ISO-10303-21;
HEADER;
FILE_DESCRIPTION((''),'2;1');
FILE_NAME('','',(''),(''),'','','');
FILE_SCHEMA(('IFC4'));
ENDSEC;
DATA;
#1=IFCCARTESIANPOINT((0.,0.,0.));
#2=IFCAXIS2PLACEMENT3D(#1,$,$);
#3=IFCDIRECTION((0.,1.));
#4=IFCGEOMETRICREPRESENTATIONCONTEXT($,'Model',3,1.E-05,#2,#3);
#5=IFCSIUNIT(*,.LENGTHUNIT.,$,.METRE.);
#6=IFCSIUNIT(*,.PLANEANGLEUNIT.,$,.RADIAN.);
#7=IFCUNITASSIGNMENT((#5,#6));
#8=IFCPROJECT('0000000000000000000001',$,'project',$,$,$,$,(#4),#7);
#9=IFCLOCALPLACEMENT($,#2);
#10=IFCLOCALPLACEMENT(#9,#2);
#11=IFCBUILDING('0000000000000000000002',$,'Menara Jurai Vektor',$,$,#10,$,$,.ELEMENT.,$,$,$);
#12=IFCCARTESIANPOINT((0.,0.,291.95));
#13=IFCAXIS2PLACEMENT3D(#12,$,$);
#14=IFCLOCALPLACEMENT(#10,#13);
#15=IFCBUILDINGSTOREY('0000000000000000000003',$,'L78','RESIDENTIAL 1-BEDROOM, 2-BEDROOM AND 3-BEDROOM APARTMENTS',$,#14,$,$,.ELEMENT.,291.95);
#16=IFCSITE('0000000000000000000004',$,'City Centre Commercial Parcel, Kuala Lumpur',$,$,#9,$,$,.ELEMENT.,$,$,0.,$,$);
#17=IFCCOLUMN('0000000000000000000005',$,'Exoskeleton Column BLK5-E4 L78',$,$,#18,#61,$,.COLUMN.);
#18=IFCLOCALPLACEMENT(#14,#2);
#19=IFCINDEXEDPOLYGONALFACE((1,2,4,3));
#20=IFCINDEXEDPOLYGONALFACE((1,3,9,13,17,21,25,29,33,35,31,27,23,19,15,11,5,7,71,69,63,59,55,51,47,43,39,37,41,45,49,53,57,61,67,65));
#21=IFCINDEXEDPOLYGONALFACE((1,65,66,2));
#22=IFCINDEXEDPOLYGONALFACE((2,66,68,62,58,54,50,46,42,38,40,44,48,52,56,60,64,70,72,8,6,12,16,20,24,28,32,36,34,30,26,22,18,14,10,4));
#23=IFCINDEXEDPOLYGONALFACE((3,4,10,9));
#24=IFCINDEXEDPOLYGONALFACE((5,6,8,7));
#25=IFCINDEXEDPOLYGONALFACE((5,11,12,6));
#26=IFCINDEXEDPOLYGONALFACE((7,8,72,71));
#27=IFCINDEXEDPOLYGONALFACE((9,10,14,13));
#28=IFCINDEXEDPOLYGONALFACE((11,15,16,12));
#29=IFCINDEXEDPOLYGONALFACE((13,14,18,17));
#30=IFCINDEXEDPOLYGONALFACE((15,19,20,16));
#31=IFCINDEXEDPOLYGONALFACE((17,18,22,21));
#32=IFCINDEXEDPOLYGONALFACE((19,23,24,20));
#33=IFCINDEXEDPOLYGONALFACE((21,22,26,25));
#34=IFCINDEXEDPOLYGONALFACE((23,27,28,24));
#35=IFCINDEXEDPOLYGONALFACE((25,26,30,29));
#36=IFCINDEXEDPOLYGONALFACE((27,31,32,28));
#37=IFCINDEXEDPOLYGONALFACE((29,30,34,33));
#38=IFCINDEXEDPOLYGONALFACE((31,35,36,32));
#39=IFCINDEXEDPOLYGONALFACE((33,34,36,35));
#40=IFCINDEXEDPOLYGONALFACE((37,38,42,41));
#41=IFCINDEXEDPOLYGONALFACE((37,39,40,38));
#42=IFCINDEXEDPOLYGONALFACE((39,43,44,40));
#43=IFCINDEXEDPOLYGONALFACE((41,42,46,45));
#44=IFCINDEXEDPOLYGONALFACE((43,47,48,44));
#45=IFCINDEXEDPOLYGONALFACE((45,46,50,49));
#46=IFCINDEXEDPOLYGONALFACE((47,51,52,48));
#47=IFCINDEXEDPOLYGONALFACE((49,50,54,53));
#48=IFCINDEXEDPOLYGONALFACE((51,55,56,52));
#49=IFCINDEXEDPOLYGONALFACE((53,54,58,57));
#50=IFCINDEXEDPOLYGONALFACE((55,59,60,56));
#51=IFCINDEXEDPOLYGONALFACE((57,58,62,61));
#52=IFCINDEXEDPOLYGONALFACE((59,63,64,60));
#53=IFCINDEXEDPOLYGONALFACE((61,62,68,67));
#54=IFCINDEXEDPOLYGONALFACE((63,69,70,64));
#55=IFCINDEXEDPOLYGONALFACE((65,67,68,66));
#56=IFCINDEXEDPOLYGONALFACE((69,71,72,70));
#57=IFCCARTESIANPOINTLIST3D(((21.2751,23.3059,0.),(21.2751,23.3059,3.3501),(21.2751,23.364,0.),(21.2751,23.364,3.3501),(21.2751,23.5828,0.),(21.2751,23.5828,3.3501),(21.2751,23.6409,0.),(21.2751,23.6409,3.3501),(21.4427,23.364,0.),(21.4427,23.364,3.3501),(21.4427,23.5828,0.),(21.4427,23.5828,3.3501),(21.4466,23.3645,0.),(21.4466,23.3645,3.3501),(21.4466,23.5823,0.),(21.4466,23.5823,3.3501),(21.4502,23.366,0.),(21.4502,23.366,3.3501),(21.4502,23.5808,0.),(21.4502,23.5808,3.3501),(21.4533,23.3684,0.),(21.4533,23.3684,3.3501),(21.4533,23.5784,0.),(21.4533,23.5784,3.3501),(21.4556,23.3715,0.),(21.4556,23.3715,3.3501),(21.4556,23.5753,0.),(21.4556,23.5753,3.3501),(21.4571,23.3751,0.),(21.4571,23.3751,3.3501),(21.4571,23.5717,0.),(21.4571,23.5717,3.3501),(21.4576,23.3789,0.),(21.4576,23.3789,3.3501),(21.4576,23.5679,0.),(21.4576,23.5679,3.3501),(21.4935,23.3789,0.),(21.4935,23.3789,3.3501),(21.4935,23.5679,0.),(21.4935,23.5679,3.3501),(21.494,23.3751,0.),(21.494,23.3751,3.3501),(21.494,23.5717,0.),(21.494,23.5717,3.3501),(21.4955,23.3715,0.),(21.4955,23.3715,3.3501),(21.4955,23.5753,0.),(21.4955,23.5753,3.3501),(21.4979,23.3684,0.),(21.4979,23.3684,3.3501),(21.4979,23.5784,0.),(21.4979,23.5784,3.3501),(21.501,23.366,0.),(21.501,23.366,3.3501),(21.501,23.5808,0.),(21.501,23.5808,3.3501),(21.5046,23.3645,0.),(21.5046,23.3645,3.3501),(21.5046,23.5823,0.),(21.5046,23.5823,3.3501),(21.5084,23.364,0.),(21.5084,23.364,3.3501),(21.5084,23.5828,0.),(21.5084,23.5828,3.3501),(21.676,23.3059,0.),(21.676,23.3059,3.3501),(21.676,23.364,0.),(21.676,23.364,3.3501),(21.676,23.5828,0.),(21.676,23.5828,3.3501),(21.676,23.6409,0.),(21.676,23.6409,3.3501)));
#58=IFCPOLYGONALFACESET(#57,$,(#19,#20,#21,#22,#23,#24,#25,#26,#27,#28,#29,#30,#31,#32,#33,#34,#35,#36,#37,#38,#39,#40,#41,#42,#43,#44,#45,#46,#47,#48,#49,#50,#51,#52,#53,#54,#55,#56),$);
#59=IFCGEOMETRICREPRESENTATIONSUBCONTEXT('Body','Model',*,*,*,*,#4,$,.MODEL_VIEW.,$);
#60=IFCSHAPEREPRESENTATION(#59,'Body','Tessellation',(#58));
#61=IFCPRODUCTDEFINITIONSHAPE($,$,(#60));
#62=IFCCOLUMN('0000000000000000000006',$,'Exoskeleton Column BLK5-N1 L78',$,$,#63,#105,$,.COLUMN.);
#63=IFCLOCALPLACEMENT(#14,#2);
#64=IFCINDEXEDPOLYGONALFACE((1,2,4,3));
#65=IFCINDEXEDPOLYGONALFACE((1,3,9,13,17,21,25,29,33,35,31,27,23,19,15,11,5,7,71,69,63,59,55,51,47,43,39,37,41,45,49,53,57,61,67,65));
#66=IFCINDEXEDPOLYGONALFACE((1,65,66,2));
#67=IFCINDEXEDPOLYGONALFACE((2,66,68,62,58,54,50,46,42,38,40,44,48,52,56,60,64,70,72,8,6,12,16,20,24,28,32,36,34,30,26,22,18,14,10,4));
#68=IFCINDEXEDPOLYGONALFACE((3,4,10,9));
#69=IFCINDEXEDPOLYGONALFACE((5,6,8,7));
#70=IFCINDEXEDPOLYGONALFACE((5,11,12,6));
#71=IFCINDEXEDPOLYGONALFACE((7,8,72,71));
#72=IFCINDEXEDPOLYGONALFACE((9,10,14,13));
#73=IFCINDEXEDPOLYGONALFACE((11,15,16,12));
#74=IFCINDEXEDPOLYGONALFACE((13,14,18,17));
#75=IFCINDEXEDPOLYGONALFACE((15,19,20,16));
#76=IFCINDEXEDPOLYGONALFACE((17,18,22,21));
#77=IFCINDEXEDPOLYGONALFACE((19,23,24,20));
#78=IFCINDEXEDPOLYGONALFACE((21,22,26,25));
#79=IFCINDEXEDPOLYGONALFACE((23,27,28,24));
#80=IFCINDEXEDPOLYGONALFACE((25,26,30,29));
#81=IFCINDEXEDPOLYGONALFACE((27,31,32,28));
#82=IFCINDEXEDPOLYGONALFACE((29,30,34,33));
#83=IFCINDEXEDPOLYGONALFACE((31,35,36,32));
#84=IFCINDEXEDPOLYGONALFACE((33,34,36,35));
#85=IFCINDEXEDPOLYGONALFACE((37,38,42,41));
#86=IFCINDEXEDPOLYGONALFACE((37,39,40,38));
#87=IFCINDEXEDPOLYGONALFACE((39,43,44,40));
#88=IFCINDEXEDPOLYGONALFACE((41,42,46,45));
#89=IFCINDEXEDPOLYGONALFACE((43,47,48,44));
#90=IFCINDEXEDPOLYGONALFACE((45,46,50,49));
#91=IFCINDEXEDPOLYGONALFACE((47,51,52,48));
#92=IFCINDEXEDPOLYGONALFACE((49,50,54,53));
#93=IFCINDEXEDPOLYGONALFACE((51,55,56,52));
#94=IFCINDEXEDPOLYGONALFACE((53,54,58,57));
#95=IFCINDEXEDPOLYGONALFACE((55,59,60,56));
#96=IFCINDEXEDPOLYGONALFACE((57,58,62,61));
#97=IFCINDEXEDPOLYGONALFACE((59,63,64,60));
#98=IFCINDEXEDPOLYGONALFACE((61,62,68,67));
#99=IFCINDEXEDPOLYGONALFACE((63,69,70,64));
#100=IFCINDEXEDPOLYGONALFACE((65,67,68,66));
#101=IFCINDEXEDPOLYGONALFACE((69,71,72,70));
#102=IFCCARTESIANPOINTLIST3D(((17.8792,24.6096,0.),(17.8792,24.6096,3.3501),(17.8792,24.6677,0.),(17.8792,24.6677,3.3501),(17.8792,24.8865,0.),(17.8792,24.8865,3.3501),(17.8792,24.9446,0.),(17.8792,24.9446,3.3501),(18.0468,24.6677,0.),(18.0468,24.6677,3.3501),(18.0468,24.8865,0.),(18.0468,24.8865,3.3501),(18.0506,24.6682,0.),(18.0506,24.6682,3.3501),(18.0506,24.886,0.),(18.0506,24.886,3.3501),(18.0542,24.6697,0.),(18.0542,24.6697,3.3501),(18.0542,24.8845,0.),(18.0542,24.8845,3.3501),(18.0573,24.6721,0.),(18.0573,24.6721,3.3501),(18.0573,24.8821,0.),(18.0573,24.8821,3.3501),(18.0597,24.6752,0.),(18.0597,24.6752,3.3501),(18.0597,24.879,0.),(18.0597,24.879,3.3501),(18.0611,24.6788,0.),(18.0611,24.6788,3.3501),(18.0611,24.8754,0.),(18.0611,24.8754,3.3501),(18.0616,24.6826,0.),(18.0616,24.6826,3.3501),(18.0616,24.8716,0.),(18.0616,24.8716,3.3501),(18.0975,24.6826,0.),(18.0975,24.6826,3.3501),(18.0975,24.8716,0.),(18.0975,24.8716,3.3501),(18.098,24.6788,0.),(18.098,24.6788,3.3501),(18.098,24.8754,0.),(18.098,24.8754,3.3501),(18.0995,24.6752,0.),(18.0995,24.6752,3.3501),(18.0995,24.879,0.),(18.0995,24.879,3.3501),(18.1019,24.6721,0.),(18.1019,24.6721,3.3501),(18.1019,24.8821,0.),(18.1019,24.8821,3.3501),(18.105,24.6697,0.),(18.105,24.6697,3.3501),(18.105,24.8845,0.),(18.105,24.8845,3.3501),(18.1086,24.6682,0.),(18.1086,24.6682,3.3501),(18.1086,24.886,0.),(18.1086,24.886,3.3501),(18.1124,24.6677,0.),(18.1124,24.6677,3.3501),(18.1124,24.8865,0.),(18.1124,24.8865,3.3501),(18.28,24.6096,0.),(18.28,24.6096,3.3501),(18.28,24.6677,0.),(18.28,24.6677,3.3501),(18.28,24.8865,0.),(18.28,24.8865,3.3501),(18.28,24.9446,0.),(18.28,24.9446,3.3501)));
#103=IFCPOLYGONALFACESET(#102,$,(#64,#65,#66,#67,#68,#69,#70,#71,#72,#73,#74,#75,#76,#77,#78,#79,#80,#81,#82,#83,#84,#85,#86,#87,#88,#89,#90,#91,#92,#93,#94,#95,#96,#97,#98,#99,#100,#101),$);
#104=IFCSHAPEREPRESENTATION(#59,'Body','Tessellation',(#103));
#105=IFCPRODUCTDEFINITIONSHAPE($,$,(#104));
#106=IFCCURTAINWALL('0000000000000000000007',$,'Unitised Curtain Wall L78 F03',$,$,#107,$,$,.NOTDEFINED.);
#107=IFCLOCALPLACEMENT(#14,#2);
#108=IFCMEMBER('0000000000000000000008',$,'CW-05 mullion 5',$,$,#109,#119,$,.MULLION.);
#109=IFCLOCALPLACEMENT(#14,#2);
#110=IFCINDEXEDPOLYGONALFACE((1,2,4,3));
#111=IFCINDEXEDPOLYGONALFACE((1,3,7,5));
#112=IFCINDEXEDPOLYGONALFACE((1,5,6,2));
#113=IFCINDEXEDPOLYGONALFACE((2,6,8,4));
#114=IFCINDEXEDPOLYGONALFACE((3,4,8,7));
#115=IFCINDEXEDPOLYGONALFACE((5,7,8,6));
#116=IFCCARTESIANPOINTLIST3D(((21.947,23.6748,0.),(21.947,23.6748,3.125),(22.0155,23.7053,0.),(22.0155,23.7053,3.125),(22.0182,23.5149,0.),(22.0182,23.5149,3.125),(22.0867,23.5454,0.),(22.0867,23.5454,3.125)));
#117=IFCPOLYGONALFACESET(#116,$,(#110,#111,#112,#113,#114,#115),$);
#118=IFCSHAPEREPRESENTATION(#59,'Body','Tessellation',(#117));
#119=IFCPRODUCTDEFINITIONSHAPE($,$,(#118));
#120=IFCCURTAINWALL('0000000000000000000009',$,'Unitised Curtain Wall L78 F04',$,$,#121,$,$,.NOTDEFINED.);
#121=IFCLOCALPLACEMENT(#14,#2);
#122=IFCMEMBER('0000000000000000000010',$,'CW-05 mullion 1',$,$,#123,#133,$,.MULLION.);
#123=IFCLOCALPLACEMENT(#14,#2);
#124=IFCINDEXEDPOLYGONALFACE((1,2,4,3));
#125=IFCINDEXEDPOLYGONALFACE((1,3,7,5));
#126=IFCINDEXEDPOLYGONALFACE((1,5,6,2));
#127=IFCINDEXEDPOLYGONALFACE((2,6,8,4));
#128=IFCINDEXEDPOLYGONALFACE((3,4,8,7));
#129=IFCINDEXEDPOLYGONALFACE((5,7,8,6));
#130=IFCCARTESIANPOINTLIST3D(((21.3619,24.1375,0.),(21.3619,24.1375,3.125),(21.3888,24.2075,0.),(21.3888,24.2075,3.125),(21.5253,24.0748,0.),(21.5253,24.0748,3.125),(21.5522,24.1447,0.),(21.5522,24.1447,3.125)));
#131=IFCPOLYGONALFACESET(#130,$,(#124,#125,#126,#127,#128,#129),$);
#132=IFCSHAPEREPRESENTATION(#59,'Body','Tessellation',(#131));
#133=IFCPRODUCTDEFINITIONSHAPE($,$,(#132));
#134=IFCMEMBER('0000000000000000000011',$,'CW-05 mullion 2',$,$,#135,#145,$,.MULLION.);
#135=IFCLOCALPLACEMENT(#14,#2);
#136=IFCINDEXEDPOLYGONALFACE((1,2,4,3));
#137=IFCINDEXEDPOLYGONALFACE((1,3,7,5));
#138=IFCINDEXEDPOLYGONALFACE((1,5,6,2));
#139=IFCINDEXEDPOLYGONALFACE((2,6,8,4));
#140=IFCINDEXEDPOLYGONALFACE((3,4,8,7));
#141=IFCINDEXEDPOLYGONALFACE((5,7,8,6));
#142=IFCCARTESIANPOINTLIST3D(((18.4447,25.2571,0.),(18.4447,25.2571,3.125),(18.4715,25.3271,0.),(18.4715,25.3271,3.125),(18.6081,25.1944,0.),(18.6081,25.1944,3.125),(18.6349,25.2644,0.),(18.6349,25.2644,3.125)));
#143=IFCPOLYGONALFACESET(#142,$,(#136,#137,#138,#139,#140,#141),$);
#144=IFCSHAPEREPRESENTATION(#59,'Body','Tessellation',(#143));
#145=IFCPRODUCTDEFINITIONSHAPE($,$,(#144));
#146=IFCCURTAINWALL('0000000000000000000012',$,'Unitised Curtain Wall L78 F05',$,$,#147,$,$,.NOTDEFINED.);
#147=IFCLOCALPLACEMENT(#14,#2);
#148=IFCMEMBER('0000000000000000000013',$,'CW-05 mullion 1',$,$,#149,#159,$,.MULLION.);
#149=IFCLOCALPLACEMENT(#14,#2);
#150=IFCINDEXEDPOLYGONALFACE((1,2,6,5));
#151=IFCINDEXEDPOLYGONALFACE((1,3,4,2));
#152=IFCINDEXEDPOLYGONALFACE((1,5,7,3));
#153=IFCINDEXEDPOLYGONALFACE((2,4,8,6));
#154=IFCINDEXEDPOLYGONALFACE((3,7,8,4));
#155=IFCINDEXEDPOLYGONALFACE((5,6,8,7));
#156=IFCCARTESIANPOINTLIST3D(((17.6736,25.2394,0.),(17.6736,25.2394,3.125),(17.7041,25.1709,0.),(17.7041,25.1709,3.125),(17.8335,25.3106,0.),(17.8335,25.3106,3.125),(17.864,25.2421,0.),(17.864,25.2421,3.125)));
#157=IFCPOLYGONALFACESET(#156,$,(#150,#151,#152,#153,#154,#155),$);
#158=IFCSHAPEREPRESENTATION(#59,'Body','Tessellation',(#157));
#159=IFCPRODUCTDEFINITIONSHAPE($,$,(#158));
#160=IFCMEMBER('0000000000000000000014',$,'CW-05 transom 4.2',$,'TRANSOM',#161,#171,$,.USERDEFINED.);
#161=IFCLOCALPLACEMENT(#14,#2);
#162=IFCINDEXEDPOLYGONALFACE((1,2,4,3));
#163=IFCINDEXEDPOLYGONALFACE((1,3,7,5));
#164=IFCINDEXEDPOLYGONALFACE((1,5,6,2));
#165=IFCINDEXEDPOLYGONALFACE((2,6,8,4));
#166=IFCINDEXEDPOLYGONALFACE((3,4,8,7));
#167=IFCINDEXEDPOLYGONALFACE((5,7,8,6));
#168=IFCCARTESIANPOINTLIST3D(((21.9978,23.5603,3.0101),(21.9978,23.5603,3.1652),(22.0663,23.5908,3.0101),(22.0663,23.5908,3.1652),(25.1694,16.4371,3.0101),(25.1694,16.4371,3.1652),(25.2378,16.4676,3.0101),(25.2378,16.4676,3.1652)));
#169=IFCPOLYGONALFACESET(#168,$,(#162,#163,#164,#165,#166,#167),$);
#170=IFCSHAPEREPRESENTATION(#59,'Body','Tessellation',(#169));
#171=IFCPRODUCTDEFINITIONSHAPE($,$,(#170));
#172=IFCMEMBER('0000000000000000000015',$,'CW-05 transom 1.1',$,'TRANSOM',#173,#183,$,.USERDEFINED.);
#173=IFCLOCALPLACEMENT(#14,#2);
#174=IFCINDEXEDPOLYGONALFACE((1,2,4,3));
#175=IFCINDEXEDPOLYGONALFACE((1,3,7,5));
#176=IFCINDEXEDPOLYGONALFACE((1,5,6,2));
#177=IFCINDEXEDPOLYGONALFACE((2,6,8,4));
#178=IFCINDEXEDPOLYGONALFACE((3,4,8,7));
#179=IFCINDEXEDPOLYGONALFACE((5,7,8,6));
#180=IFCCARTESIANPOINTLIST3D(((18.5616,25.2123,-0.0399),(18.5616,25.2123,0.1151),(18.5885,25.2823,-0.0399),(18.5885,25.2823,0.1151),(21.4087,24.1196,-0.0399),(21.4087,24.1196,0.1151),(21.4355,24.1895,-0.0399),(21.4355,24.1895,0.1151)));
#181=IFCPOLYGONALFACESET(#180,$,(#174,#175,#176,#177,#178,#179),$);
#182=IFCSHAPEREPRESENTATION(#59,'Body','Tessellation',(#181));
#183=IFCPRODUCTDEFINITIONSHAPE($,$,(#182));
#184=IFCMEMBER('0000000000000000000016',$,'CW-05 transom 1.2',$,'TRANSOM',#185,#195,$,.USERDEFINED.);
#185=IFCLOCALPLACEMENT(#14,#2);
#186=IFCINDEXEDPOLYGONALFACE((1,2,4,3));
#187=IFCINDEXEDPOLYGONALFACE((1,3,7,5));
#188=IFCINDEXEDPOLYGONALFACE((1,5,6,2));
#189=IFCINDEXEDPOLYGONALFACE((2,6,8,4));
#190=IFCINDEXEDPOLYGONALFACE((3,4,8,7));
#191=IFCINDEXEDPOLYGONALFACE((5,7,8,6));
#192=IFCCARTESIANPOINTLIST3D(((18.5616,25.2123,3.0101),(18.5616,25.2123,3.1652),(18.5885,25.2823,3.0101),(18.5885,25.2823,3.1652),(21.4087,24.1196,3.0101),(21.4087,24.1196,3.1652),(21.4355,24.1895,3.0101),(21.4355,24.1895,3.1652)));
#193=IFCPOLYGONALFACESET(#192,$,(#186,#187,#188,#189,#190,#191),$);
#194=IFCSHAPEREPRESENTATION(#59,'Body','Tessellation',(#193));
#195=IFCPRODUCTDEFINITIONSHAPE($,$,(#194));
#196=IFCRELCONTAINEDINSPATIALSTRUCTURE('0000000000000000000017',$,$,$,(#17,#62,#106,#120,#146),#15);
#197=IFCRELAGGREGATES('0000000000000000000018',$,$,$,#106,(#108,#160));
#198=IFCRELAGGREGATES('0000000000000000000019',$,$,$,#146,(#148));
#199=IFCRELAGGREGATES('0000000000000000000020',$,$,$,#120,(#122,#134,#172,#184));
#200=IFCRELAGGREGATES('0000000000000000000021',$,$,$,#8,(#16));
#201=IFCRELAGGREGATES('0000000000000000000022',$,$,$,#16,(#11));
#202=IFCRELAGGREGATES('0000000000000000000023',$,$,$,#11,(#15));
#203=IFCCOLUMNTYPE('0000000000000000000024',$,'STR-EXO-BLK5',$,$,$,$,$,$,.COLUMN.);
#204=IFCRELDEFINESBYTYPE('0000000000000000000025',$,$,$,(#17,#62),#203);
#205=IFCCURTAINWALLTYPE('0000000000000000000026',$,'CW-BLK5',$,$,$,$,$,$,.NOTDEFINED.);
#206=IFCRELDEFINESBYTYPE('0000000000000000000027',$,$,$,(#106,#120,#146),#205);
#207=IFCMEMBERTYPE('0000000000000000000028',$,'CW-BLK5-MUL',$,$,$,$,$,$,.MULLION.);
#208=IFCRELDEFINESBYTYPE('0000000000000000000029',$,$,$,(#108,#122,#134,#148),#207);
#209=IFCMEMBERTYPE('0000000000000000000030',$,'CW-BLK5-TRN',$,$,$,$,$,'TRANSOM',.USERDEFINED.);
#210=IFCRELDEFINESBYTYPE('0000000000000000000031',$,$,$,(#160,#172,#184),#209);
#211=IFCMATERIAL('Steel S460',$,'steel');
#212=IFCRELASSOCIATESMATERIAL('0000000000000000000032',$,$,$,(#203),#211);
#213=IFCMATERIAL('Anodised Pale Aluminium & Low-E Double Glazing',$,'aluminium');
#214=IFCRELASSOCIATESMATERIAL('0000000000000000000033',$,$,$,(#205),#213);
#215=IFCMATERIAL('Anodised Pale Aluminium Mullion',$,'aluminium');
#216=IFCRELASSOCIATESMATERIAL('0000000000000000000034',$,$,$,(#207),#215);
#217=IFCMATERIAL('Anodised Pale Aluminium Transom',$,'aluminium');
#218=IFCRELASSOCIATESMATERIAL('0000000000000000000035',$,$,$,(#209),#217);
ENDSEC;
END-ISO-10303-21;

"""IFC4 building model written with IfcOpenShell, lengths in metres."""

from ifc_helpers import new_model, si_unit, direction, frame, origin, origin_2d, place, context, subcontext, project, spatial, rectangle, i_section, extrude, material, material_profile, profile_set, type_object, element, aggregate, save


model = new_model("IFC4")

# Units and contexts
model_context = context("Model", 3, precision=1e-05, world=origin(), true_north=direction((0.0, 1.0)))
body_context = subcontext(model_context, "Body", "Model", "MODEL_VIEW")
ifc_project = project(units=[si_unit("LENGTHUNIT", "METRE"), si_unit("PLANEANGLEUNIT", "RADIAN")], contexts=[model_context])

# Site, building, storey
site_placement = place(None, origin())
site = spatial("IfcSite", under=ifc_project, at=site_placement, Name="City Centre Commercial Parcel, Kuala Lumpur", CompositionType="ELEMENT", RefElevation=0.0)
building_placement = place(site_placement, origin())
building = spatial("IfcBuilding", under=site, at=building_placement, Name="Menara Jurai Vektor", CompositionType="ELEMENT")
storey_placement = place(building_placement, frame((0.0, 0.0, 291.95)))
storey = spatial("IfcBuildingStorey", under=building, at=storey_placement, Name="L78", Description="RESIDENTIAL 1-BEDROOM, 2-BEDROOM AND 3-BEDROOM APARTMENTS", CompositionType="ELEMENT", Elevation=291.95)

# Columns
ifc_material_1 = material(Name="Steel S460", Category="steel")
ifc_material_profile_1 = material_profile(ifc_material_1, i_section(OverallWidth=0.4009, OverallDepth=0.335, WebThickness=0.0359, FlangeThickness=0.0581, FilletRadius=0.0149, at=origin_2d()), Name="HD 400x463")
ifc_profile_set_1 = profile_set([ifc_material_profile_1], Name="Steel S460")
column_type = type_object("IfcColumnType", Name="STR-EXO-BLK5", PredefinedType="COLUMN", material=ifc_profile_set_1)
for number, where, z_axis, x_axis, name in (
    (1, (21.4756, 23.4734, 0.0), (0.0, 0.0, 1.0), (1.0, 0.0, 0.0), "Exoskeleton Column BLK5-E4 L78"),
    (2, (18.0796, 24.7771, 0.0), (0.0, 0.0, 1.0), (1.0, 0.0, 0.0), "Exoskeleton Column BLK5-N1 L78"),
):
    element("IfcColumn", number, at=place(storey_placement, frame(where, z_axis=z_axis, x_axis=x_axis)), inside=storey, type_object=column_type, Name=name, PredefinedType="COLUMN", context=body_context, shape_type="SweptSolid", body=[
        extrude(i_section(OverallWidth=0.4009, OverallDepth=0.335, WebThickness=0.0359, FlangeThickness=0.0581, FilletRadius=0.0149, at=origin_2d()), origin(), (0.0, 0.0, 1.0), 3.3501),
    ])

# Curtain wall, member
ifc_material_2 = material(Name="Anodised Pale Aluminium & Low-E Double Glazing", Category="aluminium")
curtain_wall_type = type_object("IfcCurtainWallType", Name="CW-BLK5", PredefinedType="NOTDEFINED", material=ifc_material_2)
curtain_wall_1_placement = place(storey_placement, origin())
curtain_wall_1 = element("IfcCurtainWall", 3, at=curtain_wall_1_placement, inside=storey, type_object=curtain_wall_type, Name="Unitised Curtain Wall L78 F03", PredefinedType="NOTDEFINED")
ifc_material_3 = material(Name="Anodised Pale Aluminium Mullion", Category="aluminium")
ifc_material_profile_2 = material_profile(ifc_material_3, rectangle(XDim=0.075, YDim=0.175, at=origin_2d()), Name="ALU MUL 75x175")
ifc_profile_set_2 = profile_set([ifc_material_profile_2], Name="Anodised Pale Aluminium Mullion")
member_type_1 = type_object("IfcMemberType", Name="CW-BLK5-MUL", PredefinedType="MULLION", material=ifc_profile_set_2)
member_1_placement = place(storey_placement, frame((22.0168, 23.6101, 0.0), z_axis=(0.0, 0.0, 1.0), x_axis=(-0.913546, -0.406735, 0.0)))
member_1 = element("IfcMember", 4, at=member_1_placement, type_object=member_type_1, Name="CW-05 mullion 5", PredefinedType="MULLION", context=body_context, shape_type="SweptSolid", body=[
    extrude(rectangle(XDim=0.075, YDim=0.175, at=origin_2d()), origin(), (0.0, 0.0, 1.0), 3.125),
])

# Curtain wall, members
curtain_wall_2_placement = place(storey_placement, origin())
curtain_wall_2 = element("IfcCurtainWall", 5, at=curtain_wall_2_placement, inside=storey, type_object=curtain_wall_type, Name="Unitised Curtain Wall L78 F04", PredefinedType="NOTDEFINED")
member_2_placement = place(storey_placement, frame((21.457, 24.1411, 0.0), z_axis=(0.0, 0.0, 1.0), x_axis=(-0.358374, -0.933578, 0.0)))
member_2 = element("IfcMember", 6, at=member_2_placement, type_object=member_type_1, Name="CW-05 mullion 1", PredefinedType="MULLION", context=body_context, shape_type="SweptSolid", body=[
    extrude(rectangle(XDim=0.075, YDim=0.175, at=origin_2d()), origin(), (0.0, 0.0, 1.0), 3.125),
])
member_3_placement = place(storey_placement, frame((18.5398, 25.2607, 0.0), z_axis=(0.0, 0.0, 1.0), x_axis=(-0.358374, -0.933578, 0.0)))
member_3 = element("IfcMember", 7, at=member_3_placement, type_object=member_type_1, Name="CW-05 mullion 2", PredefinedType="MULLION", context=body_context, shape_type="SweptSolid", body=[
    extrude(rectangle(XDim=0.075, YDim=0.175, at=origin_2d()), origin(), (0.0, 0.0, 1.0), 3.125),
])

# Curtain wall, member
curtain_wall_3_placement = place(storey_placement, origin())
curtain_wall_3 = element("IfcCurtainWall", 8, at=curtain_wall_3_placement, inside=storey, type_object=curtain_wall_type, Name="Unitised Curtain Wall L78 F05", PredefinedType="NOTDEFINED")
member_4_placement = place(storey_placement, frame((17.7688, 25.2407, 0.0), z_axis=(0.0, 0.0, 1.0), x_axis=(0.406735, -0.913546, 0.0)))
member_4 = element("IfcMember", 9, at=member_4_placement, type_object=member_type_1, Name="CW-05 mullion 1", PredefinedType="MULLION", context=body_context, shape_type="SweptSolid", body=[
    extrude(rectangle(XDim=0.075, YDim=0.175, at=origin_2d()), origin(), (0.0, 0.0, 1.0), 3.125),
])

# Members
ifc_material_4 = material(Name="Anodised Pale Aluminium Transom", Category="aluminium")
ifc_material_profile_3 = material_profile(ifc_material_4, rectangle(XDim=0.075, YDim=0.155, at=origin_2d()), Name="ALU TRN 75x155")
ifc_profile_set_3 = profile_set([ifc_material_profile_3], Name="Anodised Pale Aluminium Transom")
member_type_2 = type_object("IfcMemberType", Name="CW-BLK5-TRN", ElementType="TRANSOM", PredefinedType="USERDEFINED", material=ifc_profile_set_3)
member_5_placement = place(storey_placement, frame((25.2036, 16.4524, 3.0876), z_axis=(-0.406751, 0.913539, 0.0), x_axis=(-0.913539, -0.406751, 0.0)))
member_5 = element("IfcMember", 10, at=member_5_placement, type_object=member_type_2, Name="CW-05 transom 4.2", ObjectType="TRANSOM", PredefinedType="USERDEFINED", context=body_context, shape_type="SweptSolid", body=[
    extrude(rectangle(XDim=0.075, YDim=0.155, at=origin_2d()), origin(), (0.0, 0.0, 1.0), 7.7974),
])
member_6_placement = place(storey_placement, frame((21.4221, 24.1545, 0.0376), z_axis=(-0.933597, 0.358325, 0.0), x_axis=(-0.358325, -0.933597, 0.0)))
member_6 = element("IfcMember", 11, at=member_6_placement, type_object=member_type_2, Name="CW-05 transom 1.1", ObjectType="TRANSOM", PredefinedType="USERDEFINED", context=body_context, shape_type="SweptSolid", body=[
    extrude(rectangle(XDim=0.075, YDim=0.155, at=origin_2d()), origin(), (0.0, 0.0, 1.0), 3.0496),
])
member_7_placement = place(storey_placement, frame((21.4221, 24.1545, 3.0876), z_axis=(-0.933597, 0.358325, 0.0), x_axis=(-0.358325, -0.933597, 0.0)))
member_7 = element("IfcMember", 12, at=member_7_placement, type_object=member_type_2, Name="CW-05 transom 1.2", ObjectType="TRANSOM", PredefinedType="USERDEFINED", context=body_context, shape_type="SweptSolid", body=[
    extrude(rectangle(XDim=0.075, YDim=0.155, at=origin_2d()), origin(), (0.0, 0.0, 1.0), 3.0496),
])

aggregate(curtain_wall_1, [member_1, member_5])
aggregate(curtain_wall_3, [member_4])
aggregate(curtain_wall_2, [member_2, member_3, member_6, member_7])

save(model, "model.ifc")
